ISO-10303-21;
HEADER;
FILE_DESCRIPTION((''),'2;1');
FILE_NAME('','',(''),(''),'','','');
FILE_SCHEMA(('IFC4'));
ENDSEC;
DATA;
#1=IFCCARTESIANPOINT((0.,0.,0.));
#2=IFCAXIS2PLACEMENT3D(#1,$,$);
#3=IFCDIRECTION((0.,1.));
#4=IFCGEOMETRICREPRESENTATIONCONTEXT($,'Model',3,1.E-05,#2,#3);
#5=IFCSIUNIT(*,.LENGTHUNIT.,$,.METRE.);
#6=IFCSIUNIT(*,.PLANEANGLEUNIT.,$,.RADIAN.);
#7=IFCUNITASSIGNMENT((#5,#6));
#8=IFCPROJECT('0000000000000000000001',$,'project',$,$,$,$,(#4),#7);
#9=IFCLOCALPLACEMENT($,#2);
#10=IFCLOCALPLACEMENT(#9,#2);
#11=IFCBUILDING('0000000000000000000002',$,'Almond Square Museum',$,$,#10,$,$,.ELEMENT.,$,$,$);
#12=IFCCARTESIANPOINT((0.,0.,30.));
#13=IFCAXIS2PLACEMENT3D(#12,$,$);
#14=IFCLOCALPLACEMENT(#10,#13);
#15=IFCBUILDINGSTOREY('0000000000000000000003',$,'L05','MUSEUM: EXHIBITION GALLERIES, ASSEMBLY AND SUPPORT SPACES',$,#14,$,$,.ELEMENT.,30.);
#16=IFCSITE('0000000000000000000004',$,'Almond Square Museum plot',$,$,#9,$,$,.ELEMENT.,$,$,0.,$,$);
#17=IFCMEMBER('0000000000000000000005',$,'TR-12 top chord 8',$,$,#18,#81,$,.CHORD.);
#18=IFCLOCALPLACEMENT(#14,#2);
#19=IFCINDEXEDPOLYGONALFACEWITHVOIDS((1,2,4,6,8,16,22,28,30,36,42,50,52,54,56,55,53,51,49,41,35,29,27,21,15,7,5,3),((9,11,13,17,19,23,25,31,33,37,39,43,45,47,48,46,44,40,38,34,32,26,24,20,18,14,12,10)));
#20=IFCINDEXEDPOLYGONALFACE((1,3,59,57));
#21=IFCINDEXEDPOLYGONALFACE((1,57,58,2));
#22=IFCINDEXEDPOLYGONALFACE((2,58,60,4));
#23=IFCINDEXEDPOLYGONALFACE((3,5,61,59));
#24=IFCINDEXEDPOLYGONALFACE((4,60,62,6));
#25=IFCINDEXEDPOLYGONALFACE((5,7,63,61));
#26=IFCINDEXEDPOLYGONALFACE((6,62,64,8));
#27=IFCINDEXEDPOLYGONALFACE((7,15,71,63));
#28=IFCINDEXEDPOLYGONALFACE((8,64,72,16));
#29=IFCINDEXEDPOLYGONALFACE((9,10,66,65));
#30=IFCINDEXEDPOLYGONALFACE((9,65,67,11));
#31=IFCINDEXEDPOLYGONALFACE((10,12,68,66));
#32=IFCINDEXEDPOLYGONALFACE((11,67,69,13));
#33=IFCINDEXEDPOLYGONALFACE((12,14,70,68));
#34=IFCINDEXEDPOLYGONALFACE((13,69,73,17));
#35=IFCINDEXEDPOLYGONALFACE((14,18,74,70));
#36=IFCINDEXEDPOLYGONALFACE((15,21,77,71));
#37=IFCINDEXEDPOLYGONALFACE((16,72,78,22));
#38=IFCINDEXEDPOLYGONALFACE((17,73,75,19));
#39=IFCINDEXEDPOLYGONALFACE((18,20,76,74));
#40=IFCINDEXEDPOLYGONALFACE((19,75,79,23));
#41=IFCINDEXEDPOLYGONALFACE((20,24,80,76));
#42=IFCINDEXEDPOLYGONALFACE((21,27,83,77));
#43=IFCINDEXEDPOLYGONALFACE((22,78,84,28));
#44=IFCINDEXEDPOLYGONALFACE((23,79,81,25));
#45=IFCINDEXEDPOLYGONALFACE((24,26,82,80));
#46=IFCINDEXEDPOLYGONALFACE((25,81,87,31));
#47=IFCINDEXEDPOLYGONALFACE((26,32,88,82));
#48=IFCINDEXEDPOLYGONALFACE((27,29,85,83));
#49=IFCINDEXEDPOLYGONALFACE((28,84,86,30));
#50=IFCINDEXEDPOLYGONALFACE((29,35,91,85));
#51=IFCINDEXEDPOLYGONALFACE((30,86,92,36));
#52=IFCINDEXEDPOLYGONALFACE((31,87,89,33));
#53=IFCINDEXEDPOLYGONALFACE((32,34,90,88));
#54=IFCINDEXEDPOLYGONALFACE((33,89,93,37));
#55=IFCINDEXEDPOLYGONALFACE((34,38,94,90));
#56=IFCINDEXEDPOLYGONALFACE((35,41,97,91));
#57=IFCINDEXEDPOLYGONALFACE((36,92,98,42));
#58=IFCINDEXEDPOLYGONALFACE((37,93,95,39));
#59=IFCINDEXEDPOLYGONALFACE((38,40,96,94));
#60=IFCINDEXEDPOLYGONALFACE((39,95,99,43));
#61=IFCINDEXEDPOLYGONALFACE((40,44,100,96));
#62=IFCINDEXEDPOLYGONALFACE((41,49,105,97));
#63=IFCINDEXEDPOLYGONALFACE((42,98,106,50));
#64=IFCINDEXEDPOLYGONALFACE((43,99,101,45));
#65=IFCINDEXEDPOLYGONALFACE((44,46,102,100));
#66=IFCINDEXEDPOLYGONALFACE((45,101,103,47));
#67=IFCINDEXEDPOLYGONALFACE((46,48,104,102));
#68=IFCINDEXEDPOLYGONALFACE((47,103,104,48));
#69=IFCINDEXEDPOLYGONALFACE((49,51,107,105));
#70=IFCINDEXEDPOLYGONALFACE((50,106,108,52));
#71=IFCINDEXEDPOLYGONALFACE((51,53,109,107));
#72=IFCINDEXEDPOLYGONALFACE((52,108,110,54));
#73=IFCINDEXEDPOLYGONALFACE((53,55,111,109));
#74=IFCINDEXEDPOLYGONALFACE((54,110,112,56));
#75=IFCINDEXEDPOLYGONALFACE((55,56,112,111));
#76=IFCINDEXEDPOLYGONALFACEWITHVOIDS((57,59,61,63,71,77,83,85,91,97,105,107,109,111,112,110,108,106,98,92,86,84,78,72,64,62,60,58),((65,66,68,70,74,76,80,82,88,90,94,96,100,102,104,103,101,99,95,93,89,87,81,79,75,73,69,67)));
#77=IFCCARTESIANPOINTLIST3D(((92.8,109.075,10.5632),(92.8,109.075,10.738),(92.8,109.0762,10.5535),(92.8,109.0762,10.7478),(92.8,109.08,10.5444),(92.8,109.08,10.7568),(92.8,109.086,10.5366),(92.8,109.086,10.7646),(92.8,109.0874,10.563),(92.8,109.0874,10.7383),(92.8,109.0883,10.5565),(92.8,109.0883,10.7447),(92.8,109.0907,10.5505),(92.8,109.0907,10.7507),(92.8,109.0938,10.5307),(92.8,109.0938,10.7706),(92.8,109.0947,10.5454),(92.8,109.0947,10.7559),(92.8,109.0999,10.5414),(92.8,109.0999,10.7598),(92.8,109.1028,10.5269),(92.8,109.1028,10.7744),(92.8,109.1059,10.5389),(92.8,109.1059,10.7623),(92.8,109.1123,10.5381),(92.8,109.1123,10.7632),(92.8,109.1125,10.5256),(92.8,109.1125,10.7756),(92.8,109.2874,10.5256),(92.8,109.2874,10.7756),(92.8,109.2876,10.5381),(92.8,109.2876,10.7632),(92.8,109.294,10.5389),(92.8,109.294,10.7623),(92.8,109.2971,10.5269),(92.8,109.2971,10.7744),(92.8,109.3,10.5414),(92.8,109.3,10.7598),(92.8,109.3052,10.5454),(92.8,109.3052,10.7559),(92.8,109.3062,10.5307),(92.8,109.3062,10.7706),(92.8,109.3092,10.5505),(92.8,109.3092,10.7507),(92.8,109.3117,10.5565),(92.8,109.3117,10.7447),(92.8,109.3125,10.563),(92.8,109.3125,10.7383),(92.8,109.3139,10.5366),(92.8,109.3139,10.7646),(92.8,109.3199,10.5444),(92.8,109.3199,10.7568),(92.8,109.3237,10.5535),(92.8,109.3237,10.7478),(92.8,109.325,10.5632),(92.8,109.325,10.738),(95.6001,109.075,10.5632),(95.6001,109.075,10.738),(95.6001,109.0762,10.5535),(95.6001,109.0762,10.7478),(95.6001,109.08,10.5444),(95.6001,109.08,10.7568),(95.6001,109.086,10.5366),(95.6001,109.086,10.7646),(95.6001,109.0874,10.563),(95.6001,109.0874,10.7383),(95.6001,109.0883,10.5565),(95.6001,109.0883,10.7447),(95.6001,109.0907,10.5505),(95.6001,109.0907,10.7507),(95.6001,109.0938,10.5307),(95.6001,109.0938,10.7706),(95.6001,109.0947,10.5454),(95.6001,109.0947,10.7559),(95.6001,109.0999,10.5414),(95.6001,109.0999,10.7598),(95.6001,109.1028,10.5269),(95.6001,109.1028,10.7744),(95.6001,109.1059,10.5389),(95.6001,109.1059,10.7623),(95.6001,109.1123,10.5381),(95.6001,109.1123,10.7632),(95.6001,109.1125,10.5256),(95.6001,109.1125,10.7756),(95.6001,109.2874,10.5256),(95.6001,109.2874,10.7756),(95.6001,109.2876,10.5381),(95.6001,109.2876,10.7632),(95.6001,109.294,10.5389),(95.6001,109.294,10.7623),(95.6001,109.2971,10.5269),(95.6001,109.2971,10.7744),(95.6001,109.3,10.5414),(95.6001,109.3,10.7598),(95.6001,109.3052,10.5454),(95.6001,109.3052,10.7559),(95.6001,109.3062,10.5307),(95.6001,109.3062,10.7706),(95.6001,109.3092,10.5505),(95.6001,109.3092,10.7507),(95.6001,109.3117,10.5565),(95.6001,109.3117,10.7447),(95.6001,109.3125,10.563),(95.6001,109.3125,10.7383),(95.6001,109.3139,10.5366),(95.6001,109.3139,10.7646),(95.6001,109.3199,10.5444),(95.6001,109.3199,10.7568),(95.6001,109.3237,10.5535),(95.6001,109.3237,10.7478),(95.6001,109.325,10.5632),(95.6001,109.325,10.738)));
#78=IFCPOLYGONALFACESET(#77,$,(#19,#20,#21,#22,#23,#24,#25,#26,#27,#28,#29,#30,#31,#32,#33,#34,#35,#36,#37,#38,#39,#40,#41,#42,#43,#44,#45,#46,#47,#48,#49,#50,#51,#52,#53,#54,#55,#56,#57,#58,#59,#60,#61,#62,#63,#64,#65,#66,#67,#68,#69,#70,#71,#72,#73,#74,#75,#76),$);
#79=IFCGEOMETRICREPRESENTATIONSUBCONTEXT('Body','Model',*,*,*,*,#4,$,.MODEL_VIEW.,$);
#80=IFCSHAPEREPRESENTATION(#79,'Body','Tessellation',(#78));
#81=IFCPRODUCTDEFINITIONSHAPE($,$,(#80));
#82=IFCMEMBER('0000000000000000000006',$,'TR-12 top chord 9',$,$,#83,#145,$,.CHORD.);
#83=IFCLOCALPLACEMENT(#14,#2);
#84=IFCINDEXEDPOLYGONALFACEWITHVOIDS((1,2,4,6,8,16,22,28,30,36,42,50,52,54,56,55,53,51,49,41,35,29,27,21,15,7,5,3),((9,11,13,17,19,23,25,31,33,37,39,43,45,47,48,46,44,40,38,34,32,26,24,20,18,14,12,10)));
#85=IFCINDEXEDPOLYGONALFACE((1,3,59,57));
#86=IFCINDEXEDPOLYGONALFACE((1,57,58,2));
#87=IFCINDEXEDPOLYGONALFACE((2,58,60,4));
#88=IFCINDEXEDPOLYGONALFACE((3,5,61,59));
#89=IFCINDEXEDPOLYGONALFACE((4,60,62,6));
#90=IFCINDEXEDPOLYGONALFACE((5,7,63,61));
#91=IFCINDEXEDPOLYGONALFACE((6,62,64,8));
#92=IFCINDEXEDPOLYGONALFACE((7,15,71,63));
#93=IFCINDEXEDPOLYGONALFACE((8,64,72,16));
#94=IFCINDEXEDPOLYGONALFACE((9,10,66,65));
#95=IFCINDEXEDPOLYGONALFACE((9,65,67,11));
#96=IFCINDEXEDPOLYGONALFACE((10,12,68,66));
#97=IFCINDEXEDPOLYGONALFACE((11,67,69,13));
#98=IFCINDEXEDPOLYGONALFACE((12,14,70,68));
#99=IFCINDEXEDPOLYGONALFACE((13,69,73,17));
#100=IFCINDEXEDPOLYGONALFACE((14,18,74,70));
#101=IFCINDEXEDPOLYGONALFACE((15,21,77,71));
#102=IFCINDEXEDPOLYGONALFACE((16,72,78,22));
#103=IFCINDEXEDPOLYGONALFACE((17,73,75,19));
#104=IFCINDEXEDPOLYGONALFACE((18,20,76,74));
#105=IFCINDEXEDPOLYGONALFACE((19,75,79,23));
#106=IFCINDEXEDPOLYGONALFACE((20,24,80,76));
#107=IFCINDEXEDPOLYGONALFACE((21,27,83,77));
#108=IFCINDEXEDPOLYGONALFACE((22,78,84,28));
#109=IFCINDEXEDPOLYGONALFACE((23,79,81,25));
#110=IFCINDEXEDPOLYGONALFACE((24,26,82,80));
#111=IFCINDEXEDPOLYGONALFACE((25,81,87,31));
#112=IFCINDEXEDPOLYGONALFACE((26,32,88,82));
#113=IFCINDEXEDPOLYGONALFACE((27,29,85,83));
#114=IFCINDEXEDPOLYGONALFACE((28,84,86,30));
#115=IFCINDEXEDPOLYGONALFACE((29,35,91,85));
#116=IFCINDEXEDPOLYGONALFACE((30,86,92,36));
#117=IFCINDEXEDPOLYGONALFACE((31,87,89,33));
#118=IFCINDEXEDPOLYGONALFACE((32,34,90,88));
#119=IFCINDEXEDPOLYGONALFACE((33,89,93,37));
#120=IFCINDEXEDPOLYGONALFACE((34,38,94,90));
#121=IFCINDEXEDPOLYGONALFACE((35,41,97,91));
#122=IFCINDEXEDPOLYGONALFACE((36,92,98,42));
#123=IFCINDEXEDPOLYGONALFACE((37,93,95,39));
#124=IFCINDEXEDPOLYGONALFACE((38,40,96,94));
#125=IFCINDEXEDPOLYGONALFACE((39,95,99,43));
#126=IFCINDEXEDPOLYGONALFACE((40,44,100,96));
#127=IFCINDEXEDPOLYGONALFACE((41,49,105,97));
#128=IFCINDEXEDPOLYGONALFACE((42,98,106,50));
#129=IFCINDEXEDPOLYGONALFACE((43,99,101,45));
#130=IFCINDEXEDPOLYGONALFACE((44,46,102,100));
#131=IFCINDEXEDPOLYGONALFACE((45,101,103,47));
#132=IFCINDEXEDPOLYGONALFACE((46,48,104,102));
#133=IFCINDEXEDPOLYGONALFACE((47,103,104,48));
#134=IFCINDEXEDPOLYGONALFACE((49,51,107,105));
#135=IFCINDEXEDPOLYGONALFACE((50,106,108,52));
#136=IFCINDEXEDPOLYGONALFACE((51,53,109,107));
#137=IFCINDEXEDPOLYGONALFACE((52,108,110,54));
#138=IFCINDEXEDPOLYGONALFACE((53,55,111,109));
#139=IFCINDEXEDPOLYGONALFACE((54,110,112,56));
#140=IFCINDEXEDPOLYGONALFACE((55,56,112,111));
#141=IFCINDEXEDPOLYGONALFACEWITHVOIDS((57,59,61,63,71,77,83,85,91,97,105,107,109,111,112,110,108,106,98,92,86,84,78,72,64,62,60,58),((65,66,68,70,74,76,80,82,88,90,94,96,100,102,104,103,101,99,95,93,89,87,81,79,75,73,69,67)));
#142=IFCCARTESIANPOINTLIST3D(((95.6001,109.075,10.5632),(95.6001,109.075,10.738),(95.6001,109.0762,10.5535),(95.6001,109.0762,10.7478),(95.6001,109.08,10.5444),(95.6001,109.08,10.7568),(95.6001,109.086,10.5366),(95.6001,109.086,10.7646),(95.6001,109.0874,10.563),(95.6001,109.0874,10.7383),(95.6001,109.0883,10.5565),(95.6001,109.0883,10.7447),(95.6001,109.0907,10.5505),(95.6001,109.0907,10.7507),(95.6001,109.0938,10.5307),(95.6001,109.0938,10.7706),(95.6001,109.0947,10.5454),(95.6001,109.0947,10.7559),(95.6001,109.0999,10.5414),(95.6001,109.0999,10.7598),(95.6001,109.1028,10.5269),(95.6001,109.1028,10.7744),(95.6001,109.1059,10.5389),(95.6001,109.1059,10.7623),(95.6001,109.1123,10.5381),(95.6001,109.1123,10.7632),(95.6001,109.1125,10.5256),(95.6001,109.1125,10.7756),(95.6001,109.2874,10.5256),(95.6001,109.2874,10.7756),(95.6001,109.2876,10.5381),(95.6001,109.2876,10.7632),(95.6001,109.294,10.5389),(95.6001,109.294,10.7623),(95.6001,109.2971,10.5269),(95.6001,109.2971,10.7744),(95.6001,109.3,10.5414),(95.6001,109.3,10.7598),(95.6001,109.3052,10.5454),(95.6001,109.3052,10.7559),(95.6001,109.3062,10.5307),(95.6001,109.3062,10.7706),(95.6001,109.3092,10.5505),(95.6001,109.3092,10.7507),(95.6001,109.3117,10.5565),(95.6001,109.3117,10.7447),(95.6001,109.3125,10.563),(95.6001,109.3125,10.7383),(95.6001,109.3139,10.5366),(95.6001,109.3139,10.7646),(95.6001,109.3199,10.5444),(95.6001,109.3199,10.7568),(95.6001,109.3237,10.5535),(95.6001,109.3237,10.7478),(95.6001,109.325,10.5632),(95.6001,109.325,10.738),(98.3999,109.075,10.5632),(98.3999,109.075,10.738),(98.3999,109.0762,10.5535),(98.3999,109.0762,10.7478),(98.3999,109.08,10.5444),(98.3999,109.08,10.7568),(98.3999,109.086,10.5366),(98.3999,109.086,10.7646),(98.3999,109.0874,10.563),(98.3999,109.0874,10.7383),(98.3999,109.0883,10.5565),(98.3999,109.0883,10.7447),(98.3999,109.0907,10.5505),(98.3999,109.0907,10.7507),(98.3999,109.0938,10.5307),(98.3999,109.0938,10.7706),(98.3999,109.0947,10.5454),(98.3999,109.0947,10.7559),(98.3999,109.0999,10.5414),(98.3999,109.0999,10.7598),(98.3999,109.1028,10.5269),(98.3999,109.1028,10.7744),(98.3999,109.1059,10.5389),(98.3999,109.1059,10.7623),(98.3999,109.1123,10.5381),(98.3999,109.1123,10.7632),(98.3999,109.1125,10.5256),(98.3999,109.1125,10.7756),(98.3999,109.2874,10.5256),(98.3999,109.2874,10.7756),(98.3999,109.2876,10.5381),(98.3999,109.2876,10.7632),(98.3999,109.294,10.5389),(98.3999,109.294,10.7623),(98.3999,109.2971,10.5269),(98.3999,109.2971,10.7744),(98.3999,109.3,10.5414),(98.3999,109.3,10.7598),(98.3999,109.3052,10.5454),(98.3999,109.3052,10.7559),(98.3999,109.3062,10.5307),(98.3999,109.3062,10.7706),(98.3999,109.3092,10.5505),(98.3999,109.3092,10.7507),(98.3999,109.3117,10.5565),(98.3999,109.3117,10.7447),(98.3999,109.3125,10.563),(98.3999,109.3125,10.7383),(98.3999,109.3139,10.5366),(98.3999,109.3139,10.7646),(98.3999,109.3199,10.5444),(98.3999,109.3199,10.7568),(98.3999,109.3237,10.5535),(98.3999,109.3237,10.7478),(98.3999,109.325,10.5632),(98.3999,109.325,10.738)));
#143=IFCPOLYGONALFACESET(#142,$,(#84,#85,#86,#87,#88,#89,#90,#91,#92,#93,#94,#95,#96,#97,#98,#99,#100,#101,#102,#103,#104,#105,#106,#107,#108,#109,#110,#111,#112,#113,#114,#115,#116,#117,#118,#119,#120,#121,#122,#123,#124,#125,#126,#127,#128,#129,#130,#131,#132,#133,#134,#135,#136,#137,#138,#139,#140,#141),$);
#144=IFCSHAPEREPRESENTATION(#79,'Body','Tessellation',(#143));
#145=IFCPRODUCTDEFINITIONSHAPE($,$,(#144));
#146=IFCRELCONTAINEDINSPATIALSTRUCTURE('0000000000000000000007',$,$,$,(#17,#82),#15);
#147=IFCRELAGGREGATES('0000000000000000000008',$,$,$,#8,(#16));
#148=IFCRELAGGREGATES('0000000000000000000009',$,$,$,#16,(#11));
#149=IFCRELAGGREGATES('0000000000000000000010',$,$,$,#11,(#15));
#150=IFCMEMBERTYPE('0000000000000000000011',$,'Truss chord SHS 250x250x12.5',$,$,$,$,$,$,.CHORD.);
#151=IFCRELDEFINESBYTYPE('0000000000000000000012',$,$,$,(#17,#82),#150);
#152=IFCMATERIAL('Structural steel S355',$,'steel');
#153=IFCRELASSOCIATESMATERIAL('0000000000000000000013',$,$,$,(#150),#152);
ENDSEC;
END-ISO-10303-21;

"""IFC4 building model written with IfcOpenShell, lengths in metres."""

from ifc_helpers import new_model, si_unit, direction, frame, origin, origin_2d, place, context, subcontext, project, spatial, hollow_rectangle, extrude, material, material_profile, profile_set, type_object, element, save


model = new_model("IFC4")

# Units and contexts
model_context = context("Model", 3, precision=1e-05, world=origin(), true_north=direction((0.0, 1.0)))
body_context = subcontext(model_context, "Body", "Model", "MODEL_VIEW")
ifc_project = project(units=[si_unit("LENGTHUNIT", "METRE"), si_unit("PLANEANGLEUNIT", "RADIAN")], contexts=[model_context])

# Site, building, storey
site_placement = place(None, origin())
site = spatial("IfcSite", under=ifc_project, at=site_placement, Name="Almond Square Museum plot", CompositionType="ELEMENT", RefElevation=0.0)
building_placement = place(site_placement, origin())
building = spatial("IfcBuilding", under=site, at=building_placement, Name="Almond Square Museum", CompositionType="ELEMENT")
storey_placement = place(building_placement, frame((0.0, 0.0, 30.0)))
storey = spatial("IfcBuildingStorey", under=building, at=storey_placement, Name="L05", Description="MUSEUM: EXHIBITION GALLERIES, ASSEMBLY AND SUPPORT SPACES", CompositionType="ELEMENT", Elevation=30.0)

# Members
ifc_material_1 = material(Name="Structural steel S355", Category="steel")
ifc_material_profile_1 = material_profile(ifc_material_1, hollow_rectangle(XDim=0.25, YDim=0.25, WallThickness=0.0125, InnerFilletRadius=0.0249, OuterFilletRadius=0.0376, at=origin_2d()))
ifc_profile_set_1 = profile_set([ifc_material_profile_1], Name="Structural steel S355")
member_type_1 = type_object("IfcMemberType", Name="Truss chord SHS 250x250x12.5", PredefinedType="CHORD", material=ifc_profile_set_1)
member_1_placement = place(storey_placement, frame((92.8, 109.2, 10.6506), z_axis=(1.0, 0.0, 0.0), x_axis=(0.0, 1.0, 0.0)))
element("IfcMember", 1, at=member_1_placement, inside=storey, type_object=member_type_1, Name="TR-12 top chord 8", PredefinedType="CHORD", context=body_context, shape_type="SweptSolid", body=[
    extrude(hollow_rectangle(XDim=0.25, YDim=0.25, WallThickness=0.0125, InnerFilletRadius=0.0249, OuterFilletRadius=0.0376, at=origin_2d()), origin(), (0.0, 0.0, 1.0), 2.8),
])
member_2_placement = place(storey_placement, frame((95.6001, 109.2, 10.6506), z_axis=(1.0, 0.0, 0.0), x_axis=(0.0, 1.0, 0.0)))
element("IfcMember", 2, at=member_2_placement, inside=storey, type_object=member_type_1, Name="TR-12 top chord 9", PredefinedType="CHORD", context=body_context, shape_type="SweptSolid", body=[
    extrude(hollow_rectangle(XDim=0.25, YDim=0.25, WallThickness=0.0125, InnerFilletRadius=0.0249, OuterFilletRadius=0.0376, at=origin_2d()), origin(), (0.0, 0.0, 1.0), 2.7998),
])

save(model, "model.ifc")
